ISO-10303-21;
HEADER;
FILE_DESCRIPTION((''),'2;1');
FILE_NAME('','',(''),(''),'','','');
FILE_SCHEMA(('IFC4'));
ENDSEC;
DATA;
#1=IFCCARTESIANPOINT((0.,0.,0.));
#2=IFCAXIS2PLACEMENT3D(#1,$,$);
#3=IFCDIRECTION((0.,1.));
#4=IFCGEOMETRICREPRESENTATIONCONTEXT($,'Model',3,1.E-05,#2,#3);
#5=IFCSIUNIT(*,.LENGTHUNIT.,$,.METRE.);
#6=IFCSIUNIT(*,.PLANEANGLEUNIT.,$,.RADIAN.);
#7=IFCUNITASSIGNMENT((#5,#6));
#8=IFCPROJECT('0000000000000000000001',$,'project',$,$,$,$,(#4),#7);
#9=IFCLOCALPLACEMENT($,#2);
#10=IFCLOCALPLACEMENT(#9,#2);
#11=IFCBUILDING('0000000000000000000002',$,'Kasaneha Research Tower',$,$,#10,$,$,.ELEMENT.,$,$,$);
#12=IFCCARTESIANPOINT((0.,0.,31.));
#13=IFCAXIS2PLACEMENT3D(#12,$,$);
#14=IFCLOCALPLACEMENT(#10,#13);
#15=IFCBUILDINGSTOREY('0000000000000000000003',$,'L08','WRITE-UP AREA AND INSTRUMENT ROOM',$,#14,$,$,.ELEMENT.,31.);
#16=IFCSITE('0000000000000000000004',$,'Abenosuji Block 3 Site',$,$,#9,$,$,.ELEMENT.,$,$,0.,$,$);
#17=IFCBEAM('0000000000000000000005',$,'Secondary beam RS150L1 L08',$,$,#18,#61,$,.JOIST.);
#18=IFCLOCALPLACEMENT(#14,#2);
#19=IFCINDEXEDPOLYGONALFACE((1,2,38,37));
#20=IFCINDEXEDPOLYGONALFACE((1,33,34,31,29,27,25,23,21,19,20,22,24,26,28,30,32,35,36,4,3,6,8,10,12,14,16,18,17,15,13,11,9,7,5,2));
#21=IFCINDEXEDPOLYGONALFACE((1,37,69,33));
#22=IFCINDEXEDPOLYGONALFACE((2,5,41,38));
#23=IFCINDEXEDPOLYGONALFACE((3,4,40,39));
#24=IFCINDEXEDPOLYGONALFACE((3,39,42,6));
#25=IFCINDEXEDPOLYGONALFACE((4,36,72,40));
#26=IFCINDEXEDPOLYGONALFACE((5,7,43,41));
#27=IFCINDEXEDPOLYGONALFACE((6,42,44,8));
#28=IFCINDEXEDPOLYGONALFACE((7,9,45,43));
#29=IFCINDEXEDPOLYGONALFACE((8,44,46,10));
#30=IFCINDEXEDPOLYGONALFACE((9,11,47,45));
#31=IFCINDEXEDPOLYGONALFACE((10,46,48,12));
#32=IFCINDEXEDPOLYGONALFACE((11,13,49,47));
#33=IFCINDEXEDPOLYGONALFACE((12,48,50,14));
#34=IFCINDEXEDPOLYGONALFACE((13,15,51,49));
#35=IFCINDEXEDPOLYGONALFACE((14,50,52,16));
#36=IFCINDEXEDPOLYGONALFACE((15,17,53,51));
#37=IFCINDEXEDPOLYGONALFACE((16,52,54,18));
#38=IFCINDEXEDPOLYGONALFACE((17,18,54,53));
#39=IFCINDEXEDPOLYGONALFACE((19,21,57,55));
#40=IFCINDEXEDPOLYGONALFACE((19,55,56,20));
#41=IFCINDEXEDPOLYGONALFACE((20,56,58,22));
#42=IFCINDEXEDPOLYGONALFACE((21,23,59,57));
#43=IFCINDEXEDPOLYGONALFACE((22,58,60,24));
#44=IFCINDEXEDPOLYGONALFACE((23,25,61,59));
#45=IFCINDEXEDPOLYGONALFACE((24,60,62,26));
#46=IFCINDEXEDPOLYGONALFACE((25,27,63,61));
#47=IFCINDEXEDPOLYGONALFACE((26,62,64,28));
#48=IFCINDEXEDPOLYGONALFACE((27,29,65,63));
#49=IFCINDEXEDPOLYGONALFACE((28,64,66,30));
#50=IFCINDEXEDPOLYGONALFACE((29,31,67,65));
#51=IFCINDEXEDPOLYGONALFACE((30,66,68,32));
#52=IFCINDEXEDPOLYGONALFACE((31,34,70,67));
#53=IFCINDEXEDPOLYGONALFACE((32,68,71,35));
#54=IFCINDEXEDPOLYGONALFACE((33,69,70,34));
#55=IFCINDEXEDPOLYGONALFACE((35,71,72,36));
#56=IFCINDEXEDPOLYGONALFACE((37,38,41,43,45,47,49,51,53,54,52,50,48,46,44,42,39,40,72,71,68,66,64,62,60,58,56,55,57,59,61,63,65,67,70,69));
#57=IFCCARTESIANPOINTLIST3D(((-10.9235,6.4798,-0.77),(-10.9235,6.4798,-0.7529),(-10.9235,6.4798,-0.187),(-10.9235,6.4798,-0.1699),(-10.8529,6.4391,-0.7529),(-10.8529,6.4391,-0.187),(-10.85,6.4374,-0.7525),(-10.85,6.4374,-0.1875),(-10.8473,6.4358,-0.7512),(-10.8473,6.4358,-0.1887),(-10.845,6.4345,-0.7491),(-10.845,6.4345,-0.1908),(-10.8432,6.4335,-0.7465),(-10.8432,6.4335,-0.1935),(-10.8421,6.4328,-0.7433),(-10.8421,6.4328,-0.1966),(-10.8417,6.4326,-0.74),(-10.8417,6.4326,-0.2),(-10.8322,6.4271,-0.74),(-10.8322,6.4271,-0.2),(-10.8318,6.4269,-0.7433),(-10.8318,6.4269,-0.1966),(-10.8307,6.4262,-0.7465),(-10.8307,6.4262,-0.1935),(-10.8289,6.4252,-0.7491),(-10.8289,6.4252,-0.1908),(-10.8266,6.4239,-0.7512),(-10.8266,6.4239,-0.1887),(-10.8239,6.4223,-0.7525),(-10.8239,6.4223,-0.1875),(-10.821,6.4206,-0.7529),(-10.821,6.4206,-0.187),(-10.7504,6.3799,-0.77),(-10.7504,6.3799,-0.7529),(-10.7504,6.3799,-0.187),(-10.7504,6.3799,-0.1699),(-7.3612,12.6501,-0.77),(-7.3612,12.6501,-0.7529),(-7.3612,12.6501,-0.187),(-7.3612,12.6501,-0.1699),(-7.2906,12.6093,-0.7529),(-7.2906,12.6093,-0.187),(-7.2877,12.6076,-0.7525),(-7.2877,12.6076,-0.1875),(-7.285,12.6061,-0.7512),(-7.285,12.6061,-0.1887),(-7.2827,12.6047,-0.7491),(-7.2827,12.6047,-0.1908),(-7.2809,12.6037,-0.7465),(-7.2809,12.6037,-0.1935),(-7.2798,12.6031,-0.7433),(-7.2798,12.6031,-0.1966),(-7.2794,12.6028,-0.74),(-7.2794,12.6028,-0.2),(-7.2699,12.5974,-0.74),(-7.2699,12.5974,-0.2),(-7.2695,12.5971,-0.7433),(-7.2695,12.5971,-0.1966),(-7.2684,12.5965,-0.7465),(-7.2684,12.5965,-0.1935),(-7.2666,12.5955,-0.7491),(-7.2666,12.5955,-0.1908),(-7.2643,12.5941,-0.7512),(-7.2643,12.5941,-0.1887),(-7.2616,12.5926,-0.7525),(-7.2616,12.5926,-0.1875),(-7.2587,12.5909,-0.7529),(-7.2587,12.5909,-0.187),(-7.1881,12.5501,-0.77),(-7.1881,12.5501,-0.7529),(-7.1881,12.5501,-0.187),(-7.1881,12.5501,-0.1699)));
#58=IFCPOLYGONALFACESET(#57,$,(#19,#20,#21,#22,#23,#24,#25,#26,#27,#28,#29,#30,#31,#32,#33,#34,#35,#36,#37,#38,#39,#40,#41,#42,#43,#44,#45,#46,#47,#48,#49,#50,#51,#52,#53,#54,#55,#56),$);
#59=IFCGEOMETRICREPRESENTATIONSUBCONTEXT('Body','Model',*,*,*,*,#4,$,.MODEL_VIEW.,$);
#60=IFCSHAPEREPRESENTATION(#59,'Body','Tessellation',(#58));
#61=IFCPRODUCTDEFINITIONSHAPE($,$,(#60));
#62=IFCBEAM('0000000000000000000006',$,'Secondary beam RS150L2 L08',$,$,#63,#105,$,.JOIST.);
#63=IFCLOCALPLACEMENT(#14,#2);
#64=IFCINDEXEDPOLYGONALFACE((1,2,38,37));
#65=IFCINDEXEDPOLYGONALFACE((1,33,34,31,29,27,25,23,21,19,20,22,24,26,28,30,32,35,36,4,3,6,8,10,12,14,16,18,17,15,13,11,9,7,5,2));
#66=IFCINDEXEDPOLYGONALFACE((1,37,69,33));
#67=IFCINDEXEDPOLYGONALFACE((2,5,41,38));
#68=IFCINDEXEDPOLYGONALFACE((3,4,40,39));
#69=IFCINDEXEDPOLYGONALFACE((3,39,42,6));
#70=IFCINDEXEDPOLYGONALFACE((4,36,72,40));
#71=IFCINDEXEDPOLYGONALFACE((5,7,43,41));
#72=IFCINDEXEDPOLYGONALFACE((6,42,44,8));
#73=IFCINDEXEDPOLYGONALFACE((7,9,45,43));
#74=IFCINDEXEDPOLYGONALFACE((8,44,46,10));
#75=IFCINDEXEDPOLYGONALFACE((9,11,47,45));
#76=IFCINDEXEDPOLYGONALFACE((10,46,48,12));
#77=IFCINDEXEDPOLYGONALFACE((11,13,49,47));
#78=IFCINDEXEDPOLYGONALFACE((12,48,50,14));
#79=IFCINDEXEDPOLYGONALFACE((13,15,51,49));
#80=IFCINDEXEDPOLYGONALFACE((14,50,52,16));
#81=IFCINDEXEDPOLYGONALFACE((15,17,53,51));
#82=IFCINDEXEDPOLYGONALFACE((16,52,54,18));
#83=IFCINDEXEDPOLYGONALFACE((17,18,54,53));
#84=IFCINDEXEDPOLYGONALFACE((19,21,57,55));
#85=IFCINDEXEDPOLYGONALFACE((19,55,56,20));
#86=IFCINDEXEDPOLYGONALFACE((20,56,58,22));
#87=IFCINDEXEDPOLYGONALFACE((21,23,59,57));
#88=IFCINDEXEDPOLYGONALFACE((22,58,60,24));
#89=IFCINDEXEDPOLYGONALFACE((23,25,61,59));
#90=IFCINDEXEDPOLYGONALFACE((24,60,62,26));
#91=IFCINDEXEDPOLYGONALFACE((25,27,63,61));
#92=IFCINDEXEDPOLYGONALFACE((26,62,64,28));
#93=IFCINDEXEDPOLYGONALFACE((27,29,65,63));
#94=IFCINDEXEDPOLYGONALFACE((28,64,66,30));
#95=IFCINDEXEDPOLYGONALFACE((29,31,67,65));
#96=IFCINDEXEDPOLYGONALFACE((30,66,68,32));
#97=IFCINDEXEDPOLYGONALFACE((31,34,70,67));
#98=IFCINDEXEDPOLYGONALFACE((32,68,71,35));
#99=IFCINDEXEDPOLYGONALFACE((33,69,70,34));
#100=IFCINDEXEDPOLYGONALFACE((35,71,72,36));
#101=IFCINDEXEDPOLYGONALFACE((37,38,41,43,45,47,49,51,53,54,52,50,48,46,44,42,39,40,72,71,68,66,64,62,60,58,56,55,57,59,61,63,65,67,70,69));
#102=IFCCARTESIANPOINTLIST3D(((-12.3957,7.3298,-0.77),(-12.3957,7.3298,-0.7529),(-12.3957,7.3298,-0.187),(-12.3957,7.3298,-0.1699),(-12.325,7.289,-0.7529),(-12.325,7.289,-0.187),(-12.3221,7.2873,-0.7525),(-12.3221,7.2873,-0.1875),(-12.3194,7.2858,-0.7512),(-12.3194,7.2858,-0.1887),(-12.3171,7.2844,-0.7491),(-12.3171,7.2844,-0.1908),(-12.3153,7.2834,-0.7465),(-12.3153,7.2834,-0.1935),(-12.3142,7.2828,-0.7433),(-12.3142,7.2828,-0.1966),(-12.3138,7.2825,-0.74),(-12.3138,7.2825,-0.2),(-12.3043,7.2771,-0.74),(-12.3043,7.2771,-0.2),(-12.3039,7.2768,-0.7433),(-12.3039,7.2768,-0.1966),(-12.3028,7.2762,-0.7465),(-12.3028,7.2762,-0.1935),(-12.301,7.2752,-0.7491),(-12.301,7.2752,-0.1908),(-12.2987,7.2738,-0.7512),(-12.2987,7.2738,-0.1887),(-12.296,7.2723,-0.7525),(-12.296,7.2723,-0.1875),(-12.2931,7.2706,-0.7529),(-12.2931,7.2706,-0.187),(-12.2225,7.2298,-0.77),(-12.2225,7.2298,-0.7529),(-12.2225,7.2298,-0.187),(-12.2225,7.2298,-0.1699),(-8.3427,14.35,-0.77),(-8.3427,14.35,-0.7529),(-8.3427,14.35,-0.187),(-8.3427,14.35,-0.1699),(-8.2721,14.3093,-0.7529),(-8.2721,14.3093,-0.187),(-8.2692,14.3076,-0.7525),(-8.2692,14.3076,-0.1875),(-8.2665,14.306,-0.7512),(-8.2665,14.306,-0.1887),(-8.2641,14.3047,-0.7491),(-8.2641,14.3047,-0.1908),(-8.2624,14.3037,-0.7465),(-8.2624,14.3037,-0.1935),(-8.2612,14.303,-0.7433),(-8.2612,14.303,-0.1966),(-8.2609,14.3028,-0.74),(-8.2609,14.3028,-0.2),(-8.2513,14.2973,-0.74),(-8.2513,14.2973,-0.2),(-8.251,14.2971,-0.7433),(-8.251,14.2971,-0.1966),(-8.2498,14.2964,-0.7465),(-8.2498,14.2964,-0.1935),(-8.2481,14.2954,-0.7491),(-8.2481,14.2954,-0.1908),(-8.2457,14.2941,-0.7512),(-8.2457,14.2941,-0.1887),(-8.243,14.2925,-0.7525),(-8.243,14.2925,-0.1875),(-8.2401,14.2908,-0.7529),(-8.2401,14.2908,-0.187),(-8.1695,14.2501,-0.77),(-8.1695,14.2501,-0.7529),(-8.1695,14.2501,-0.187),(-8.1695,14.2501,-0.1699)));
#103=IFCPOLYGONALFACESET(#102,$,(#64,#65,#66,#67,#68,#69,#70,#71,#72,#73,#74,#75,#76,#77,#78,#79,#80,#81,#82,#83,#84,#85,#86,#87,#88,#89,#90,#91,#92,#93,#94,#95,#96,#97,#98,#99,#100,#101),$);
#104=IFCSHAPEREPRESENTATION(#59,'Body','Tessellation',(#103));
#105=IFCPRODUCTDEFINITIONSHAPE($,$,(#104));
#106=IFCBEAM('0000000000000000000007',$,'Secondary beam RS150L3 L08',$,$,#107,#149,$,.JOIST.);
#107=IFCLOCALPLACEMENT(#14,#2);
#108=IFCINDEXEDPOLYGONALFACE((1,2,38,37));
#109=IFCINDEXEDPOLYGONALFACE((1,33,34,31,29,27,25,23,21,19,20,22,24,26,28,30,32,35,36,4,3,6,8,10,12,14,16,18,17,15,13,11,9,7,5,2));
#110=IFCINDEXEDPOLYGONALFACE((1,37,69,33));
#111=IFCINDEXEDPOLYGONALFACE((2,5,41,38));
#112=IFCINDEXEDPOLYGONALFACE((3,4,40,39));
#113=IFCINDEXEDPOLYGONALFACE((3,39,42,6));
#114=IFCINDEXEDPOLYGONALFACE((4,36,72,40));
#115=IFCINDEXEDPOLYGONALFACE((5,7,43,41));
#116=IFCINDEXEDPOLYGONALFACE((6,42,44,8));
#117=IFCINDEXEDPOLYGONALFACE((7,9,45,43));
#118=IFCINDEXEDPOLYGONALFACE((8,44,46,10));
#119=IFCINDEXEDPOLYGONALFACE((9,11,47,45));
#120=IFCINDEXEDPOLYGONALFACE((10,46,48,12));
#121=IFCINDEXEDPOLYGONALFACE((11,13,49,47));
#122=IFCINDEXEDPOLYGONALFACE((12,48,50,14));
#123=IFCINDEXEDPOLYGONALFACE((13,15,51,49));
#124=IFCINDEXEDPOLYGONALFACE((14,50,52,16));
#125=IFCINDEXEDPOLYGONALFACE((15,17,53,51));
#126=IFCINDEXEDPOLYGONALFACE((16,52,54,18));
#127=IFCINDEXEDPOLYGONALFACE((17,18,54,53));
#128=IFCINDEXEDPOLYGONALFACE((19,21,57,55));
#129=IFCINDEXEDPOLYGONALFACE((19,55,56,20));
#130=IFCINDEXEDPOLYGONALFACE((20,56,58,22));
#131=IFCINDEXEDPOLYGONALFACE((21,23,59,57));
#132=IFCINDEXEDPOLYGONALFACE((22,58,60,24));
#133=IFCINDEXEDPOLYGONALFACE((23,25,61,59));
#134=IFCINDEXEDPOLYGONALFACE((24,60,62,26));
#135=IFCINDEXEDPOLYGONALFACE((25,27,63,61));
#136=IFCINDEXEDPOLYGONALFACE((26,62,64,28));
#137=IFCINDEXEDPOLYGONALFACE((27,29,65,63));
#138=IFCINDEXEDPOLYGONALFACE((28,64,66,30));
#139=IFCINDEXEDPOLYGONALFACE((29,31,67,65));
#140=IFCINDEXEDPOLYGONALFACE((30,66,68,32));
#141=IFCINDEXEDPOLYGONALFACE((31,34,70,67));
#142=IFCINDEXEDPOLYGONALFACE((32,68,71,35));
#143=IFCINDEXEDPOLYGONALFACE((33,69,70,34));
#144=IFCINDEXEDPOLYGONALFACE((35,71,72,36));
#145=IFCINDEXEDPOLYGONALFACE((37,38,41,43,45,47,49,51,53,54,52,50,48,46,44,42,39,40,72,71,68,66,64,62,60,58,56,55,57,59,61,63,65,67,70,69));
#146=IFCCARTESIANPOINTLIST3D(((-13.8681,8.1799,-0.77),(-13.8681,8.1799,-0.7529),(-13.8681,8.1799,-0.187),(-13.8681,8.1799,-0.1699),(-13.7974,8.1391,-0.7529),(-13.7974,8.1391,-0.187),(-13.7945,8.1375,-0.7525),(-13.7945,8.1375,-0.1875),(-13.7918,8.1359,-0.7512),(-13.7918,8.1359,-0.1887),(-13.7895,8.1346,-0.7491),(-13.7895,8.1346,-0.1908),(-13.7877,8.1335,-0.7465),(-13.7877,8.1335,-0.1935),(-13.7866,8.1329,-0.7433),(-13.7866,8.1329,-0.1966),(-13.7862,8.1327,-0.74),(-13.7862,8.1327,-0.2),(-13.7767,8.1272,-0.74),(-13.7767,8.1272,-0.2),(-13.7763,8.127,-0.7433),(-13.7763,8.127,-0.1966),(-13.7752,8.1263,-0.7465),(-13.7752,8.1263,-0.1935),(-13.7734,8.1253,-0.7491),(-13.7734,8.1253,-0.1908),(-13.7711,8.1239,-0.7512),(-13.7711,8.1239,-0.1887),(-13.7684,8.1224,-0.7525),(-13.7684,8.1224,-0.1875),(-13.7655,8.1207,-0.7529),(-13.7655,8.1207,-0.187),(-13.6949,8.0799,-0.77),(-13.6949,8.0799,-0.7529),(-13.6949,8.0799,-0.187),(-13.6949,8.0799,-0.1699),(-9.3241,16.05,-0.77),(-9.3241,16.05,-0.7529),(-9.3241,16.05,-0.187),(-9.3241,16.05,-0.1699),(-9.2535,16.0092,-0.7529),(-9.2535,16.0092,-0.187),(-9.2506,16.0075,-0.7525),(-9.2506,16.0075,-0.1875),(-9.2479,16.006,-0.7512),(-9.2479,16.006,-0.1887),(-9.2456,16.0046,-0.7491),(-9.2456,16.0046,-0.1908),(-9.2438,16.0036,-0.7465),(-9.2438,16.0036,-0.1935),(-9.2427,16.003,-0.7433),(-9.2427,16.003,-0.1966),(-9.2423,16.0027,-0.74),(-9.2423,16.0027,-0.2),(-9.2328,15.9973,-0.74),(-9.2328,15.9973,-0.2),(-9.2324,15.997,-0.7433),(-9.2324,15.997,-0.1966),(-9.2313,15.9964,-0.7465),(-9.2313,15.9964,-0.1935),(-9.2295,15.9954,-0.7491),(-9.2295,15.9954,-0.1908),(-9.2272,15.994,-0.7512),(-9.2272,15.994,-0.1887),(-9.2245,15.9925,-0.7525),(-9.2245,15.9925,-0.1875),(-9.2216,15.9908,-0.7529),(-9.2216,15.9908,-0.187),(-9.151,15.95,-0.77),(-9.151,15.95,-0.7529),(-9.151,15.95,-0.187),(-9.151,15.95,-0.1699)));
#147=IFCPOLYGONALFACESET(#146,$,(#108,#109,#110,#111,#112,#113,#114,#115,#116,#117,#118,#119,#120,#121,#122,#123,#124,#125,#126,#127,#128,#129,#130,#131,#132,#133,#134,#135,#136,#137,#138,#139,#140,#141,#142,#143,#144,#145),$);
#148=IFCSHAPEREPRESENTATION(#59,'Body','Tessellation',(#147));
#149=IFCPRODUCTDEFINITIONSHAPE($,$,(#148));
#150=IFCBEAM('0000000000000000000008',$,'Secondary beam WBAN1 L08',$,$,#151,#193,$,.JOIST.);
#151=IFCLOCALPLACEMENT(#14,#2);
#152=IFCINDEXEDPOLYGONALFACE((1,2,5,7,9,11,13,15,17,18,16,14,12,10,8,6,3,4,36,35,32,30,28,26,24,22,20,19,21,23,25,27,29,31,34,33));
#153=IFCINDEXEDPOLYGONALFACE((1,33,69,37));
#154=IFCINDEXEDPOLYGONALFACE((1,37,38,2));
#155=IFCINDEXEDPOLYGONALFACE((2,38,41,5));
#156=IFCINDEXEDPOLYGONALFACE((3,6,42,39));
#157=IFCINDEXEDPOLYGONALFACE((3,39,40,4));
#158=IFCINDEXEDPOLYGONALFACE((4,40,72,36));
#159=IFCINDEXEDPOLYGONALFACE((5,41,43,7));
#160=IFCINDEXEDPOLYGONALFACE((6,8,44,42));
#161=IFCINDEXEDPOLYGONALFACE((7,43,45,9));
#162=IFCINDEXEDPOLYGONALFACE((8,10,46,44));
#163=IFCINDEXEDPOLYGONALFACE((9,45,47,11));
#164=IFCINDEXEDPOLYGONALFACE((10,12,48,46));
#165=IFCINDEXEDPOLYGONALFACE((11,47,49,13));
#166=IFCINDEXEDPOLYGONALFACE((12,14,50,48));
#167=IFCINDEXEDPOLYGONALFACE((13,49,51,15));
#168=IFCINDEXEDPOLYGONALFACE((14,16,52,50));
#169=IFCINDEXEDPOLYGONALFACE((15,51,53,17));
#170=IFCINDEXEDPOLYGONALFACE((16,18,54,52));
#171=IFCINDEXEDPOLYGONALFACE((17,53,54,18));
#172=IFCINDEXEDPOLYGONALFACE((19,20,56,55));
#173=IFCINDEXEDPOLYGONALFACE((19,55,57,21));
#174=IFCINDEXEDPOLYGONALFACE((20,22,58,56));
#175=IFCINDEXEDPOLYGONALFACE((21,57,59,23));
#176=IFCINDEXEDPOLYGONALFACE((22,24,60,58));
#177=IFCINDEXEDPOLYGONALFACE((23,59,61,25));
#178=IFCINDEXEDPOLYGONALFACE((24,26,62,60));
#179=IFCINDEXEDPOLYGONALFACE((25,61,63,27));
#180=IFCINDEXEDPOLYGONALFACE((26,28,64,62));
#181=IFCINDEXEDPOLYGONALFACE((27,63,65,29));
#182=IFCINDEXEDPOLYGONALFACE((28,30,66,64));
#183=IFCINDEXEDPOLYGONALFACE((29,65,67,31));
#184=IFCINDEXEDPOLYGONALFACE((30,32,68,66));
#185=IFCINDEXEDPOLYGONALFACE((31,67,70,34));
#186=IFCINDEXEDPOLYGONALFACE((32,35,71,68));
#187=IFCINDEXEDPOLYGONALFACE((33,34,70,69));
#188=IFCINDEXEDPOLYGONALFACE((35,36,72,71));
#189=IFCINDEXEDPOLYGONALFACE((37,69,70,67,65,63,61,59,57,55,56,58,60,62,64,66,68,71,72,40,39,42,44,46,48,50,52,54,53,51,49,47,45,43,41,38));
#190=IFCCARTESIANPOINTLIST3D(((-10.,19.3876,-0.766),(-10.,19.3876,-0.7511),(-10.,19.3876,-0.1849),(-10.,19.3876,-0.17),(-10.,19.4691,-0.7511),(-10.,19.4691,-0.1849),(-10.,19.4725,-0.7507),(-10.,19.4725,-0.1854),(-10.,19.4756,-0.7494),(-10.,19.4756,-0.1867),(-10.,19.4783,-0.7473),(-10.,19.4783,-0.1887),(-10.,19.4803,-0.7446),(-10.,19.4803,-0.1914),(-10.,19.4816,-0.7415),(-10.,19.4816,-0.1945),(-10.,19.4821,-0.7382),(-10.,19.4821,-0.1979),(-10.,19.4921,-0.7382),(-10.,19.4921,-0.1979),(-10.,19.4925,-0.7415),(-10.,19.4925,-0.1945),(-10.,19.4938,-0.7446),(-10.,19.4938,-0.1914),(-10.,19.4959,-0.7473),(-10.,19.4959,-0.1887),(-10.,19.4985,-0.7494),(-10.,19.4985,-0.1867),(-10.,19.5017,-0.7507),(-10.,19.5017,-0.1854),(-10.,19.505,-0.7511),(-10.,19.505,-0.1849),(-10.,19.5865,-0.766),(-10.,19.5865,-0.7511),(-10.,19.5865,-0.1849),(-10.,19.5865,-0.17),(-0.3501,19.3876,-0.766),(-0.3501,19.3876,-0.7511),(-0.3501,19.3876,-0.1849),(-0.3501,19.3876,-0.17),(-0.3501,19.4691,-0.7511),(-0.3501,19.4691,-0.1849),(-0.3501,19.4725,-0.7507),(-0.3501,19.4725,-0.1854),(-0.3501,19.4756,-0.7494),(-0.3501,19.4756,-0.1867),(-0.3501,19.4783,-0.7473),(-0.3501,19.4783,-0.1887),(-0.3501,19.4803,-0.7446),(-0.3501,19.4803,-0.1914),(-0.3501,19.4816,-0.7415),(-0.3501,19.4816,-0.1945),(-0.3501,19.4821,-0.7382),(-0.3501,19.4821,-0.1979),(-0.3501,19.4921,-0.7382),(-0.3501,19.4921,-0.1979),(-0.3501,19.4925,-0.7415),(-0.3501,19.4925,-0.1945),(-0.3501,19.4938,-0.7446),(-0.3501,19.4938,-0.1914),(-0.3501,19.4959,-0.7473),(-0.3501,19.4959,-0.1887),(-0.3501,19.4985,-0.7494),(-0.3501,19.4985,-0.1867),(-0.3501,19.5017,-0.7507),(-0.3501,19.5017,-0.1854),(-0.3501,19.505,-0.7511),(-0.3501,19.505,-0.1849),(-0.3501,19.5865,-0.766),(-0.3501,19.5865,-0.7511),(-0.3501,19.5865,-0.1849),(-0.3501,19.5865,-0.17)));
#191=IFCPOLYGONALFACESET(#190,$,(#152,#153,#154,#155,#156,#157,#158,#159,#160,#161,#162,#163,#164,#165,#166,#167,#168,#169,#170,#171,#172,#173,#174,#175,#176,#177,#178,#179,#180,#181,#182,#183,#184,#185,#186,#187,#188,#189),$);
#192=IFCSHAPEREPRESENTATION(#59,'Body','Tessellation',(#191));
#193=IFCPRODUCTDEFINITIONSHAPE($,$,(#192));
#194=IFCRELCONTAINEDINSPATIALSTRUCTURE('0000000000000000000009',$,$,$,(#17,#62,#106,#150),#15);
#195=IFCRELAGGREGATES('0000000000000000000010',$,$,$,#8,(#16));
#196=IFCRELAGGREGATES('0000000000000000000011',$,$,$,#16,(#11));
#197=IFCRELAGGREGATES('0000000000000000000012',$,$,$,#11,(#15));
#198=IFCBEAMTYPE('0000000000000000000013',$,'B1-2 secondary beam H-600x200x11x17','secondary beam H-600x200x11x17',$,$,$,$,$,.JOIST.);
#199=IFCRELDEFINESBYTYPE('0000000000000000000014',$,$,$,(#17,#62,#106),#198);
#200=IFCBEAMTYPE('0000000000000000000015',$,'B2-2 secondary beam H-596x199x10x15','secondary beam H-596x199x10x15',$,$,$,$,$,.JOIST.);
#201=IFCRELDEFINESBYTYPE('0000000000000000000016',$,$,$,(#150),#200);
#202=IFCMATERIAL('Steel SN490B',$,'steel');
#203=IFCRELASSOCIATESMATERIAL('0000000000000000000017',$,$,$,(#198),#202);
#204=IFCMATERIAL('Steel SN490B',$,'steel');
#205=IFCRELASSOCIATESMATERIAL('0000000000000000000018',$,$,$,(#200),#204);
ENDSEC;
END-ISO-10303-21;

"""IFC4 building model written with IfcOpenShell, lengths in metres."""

from ifc_helpers import new_model, si_unit, direction, frame, origin, origin_2d, place, context, subcontext, project, spatial, i_section, extrude, material, material_profile, profile_set, type_object, element, save


model = new_model("IFC4")

# Units and contexts
model_context = context("Model", 3, precision=1e-05, world=origin(), true_north=direction((0.0, 1.0)))
body_context = subcontext(model_context, "Body", "Model", "MODEL_VIEW")
ifc_project = project(units=[si_unit("LENGTHUNIT", "METRE"), si_unit("PLANEANGLEUNIT", "RADIAN")], contexts=[model_context])

# Site, building, storey
site_placement = place(None, origin())
site = spatial("IfcSite", under=ifc_project, at=site_placement, Name="Abenosuji Block 3 Site", CompositionType="ELEMENT", RefElevation=0.0)
building_placement = place(site_placement, origin())
building = spatial("IfcBuilding", under=site, at=building_placement, Name="Kasaneha Research Tower", CompositionType="ELEMENT")
storey_placement = place(building_placement, frame((0.0, 0.0, 31.0)))
storey = spatial("IfcBuildingStorey", under=building, at=storey_placement, Name="L08", Description="WRITE-UP AREA AND INSTRUMENT ROOM", CompositionType="ELEMENT", Elevation=31.0)

# Beams
ifc_material_1 = material(Name="Steel SN490B", Category="steel")
ifc_material_profile_1 = material_profile(ifc_material_1, i_section(OverallWidth=0.2, OverallDepth=0.6001, WebThickness=0.011, FlangeThickness=0.0171, FilletRadius=0.0129, at=origin_2d()), Name="H-600x200x11x17")
ifc_profile_set_1 = profile_set([ifc_material_profile_1], Name="Steel SN490B")
beam_type_1 = type_object("IfcBeamType", Name="B1-2 secondary beam H-600x200x11x17", Description="secondary beam H-600x200x11x17", PredefinedType="JOIST", material=ifc_profile_set_1)
beam_1_placement = place(storey_placement, frame((-7.2747, 12.6001, -0.47), z_axis=(-0.49999, -0.866031, 0.0), x_axis=(0.866031, -0.49999, 0.0)))
element("IfcBeam", 1, at=beam_1_placement, inside=storey, type_object=beam_type_1, Name="Secondary beam RS150L1 L08", PredefinedType="JOIST", context=body_context, shape_type="SweptSolid", body=[
    extrude(i_section(OverallWidth=0.2, OverallDepth=0.6001, WebThickness=0.011, FlangeThickness=0.0171, FilletRadius=0.0129, at=origin_2d()), origin(), (0.0, 0.0, 1.0), 7.1248),
])
beam_2_placement = place(storey_placement, frame((-8.2561, 14.3, -0.47), z_axis=(-0.499984, -0.866035, 0.0), x_axis=(0.866035, -0.499984, 0.0)))
element("IfcBeam", 2, at=beam_2_placement, inside=storey, type_object=beam_type_1, Name="Secondary beam RS150L2 L08", PredefinedType="JOIST", context=body_context, shape_type="SweptSolid", body=[
    extrude(i_section(OverallWidth=0.2, OverallDepth=0.6001, WebThickness=0.011, FlangeThickness=0.0171, FilletRadius=0.0129, at=origin_2d()), origin(), (0.0, 0.0, 1.0), 8.1062),
])
beam_3_placement = place(storey_placement, frame((-9.2375, 16.0, -0.47), z_axis=(-0.500011, -0.866019, 0.0), x_axis=(0.866019, -0.500011, 0.0)))
element("IfcBeam", 3, at=beam_3_placement, inside=storey, type_object=beam_type_1, Name="Secondary beam RS150L3 L08", PredefinedType="JOIST", context=body_context, shape_type="SweptSolid", body=[
    extrude(i_section(OverallWidth=0.2, OverallDepth=0.6001, WebThickness=0.011, FlangeThickness=0.0171, FilletRadius=0.0129, at=origin_2d()), origin(), (0.0, 0.0, 1.0), 9.0876),
])
ifc_material_2 = material(Name="Steel SN490B", Category="steel")
ifc_material_profile_2 = material_profile(ifc_material_2, i_section(OverallWidth=0.199, OverallDepth=0.5959, WebThickness=0.01, FlangeThickness=0.0149, FilletRadius=0.0129, at=origin_2d()), Name="H-596x199x10x15")
ifc_profile_set_2 = profile_set([ifc_material_profile_2], Name="Steel SN490B")
beam_type_2 = type_object("IfcBeamType", Name="B2-2 secondary beam H-596x199x10x15", Description="secondary beam H-596x199x10x15", PredefinedType="JOIST", material=ifc_profile_set_2)
for number, where, z_axis, x_axis, name in (
    (4, (-10.0, 19.4871, -0.468), (1.0, 0.0, 0.0), (0.0, 1.0, 0.0), "Secondary beam WBAN1 L08"),
):
    element("IfcBeam", number, at=place(storey_placement, frame(where, z_axis=z_axis, x_axis=x_axis)), inside=storey, type_object=beam_type_2, Name=name, PredefinedType="JOIST", context=body_context, shape_type="SweptSolid", body=[
        extrude(i_section(OverallWidth=0.199, OverallDepth=0.5959, WebThickness=0.01, FlangeThickness=0.0149, FilletRadius=0.0129, at=origin_2d()), origin(), (0.0, 0.0, 1.0), 9.6499),
    ])

save(model, "model.ifc")
